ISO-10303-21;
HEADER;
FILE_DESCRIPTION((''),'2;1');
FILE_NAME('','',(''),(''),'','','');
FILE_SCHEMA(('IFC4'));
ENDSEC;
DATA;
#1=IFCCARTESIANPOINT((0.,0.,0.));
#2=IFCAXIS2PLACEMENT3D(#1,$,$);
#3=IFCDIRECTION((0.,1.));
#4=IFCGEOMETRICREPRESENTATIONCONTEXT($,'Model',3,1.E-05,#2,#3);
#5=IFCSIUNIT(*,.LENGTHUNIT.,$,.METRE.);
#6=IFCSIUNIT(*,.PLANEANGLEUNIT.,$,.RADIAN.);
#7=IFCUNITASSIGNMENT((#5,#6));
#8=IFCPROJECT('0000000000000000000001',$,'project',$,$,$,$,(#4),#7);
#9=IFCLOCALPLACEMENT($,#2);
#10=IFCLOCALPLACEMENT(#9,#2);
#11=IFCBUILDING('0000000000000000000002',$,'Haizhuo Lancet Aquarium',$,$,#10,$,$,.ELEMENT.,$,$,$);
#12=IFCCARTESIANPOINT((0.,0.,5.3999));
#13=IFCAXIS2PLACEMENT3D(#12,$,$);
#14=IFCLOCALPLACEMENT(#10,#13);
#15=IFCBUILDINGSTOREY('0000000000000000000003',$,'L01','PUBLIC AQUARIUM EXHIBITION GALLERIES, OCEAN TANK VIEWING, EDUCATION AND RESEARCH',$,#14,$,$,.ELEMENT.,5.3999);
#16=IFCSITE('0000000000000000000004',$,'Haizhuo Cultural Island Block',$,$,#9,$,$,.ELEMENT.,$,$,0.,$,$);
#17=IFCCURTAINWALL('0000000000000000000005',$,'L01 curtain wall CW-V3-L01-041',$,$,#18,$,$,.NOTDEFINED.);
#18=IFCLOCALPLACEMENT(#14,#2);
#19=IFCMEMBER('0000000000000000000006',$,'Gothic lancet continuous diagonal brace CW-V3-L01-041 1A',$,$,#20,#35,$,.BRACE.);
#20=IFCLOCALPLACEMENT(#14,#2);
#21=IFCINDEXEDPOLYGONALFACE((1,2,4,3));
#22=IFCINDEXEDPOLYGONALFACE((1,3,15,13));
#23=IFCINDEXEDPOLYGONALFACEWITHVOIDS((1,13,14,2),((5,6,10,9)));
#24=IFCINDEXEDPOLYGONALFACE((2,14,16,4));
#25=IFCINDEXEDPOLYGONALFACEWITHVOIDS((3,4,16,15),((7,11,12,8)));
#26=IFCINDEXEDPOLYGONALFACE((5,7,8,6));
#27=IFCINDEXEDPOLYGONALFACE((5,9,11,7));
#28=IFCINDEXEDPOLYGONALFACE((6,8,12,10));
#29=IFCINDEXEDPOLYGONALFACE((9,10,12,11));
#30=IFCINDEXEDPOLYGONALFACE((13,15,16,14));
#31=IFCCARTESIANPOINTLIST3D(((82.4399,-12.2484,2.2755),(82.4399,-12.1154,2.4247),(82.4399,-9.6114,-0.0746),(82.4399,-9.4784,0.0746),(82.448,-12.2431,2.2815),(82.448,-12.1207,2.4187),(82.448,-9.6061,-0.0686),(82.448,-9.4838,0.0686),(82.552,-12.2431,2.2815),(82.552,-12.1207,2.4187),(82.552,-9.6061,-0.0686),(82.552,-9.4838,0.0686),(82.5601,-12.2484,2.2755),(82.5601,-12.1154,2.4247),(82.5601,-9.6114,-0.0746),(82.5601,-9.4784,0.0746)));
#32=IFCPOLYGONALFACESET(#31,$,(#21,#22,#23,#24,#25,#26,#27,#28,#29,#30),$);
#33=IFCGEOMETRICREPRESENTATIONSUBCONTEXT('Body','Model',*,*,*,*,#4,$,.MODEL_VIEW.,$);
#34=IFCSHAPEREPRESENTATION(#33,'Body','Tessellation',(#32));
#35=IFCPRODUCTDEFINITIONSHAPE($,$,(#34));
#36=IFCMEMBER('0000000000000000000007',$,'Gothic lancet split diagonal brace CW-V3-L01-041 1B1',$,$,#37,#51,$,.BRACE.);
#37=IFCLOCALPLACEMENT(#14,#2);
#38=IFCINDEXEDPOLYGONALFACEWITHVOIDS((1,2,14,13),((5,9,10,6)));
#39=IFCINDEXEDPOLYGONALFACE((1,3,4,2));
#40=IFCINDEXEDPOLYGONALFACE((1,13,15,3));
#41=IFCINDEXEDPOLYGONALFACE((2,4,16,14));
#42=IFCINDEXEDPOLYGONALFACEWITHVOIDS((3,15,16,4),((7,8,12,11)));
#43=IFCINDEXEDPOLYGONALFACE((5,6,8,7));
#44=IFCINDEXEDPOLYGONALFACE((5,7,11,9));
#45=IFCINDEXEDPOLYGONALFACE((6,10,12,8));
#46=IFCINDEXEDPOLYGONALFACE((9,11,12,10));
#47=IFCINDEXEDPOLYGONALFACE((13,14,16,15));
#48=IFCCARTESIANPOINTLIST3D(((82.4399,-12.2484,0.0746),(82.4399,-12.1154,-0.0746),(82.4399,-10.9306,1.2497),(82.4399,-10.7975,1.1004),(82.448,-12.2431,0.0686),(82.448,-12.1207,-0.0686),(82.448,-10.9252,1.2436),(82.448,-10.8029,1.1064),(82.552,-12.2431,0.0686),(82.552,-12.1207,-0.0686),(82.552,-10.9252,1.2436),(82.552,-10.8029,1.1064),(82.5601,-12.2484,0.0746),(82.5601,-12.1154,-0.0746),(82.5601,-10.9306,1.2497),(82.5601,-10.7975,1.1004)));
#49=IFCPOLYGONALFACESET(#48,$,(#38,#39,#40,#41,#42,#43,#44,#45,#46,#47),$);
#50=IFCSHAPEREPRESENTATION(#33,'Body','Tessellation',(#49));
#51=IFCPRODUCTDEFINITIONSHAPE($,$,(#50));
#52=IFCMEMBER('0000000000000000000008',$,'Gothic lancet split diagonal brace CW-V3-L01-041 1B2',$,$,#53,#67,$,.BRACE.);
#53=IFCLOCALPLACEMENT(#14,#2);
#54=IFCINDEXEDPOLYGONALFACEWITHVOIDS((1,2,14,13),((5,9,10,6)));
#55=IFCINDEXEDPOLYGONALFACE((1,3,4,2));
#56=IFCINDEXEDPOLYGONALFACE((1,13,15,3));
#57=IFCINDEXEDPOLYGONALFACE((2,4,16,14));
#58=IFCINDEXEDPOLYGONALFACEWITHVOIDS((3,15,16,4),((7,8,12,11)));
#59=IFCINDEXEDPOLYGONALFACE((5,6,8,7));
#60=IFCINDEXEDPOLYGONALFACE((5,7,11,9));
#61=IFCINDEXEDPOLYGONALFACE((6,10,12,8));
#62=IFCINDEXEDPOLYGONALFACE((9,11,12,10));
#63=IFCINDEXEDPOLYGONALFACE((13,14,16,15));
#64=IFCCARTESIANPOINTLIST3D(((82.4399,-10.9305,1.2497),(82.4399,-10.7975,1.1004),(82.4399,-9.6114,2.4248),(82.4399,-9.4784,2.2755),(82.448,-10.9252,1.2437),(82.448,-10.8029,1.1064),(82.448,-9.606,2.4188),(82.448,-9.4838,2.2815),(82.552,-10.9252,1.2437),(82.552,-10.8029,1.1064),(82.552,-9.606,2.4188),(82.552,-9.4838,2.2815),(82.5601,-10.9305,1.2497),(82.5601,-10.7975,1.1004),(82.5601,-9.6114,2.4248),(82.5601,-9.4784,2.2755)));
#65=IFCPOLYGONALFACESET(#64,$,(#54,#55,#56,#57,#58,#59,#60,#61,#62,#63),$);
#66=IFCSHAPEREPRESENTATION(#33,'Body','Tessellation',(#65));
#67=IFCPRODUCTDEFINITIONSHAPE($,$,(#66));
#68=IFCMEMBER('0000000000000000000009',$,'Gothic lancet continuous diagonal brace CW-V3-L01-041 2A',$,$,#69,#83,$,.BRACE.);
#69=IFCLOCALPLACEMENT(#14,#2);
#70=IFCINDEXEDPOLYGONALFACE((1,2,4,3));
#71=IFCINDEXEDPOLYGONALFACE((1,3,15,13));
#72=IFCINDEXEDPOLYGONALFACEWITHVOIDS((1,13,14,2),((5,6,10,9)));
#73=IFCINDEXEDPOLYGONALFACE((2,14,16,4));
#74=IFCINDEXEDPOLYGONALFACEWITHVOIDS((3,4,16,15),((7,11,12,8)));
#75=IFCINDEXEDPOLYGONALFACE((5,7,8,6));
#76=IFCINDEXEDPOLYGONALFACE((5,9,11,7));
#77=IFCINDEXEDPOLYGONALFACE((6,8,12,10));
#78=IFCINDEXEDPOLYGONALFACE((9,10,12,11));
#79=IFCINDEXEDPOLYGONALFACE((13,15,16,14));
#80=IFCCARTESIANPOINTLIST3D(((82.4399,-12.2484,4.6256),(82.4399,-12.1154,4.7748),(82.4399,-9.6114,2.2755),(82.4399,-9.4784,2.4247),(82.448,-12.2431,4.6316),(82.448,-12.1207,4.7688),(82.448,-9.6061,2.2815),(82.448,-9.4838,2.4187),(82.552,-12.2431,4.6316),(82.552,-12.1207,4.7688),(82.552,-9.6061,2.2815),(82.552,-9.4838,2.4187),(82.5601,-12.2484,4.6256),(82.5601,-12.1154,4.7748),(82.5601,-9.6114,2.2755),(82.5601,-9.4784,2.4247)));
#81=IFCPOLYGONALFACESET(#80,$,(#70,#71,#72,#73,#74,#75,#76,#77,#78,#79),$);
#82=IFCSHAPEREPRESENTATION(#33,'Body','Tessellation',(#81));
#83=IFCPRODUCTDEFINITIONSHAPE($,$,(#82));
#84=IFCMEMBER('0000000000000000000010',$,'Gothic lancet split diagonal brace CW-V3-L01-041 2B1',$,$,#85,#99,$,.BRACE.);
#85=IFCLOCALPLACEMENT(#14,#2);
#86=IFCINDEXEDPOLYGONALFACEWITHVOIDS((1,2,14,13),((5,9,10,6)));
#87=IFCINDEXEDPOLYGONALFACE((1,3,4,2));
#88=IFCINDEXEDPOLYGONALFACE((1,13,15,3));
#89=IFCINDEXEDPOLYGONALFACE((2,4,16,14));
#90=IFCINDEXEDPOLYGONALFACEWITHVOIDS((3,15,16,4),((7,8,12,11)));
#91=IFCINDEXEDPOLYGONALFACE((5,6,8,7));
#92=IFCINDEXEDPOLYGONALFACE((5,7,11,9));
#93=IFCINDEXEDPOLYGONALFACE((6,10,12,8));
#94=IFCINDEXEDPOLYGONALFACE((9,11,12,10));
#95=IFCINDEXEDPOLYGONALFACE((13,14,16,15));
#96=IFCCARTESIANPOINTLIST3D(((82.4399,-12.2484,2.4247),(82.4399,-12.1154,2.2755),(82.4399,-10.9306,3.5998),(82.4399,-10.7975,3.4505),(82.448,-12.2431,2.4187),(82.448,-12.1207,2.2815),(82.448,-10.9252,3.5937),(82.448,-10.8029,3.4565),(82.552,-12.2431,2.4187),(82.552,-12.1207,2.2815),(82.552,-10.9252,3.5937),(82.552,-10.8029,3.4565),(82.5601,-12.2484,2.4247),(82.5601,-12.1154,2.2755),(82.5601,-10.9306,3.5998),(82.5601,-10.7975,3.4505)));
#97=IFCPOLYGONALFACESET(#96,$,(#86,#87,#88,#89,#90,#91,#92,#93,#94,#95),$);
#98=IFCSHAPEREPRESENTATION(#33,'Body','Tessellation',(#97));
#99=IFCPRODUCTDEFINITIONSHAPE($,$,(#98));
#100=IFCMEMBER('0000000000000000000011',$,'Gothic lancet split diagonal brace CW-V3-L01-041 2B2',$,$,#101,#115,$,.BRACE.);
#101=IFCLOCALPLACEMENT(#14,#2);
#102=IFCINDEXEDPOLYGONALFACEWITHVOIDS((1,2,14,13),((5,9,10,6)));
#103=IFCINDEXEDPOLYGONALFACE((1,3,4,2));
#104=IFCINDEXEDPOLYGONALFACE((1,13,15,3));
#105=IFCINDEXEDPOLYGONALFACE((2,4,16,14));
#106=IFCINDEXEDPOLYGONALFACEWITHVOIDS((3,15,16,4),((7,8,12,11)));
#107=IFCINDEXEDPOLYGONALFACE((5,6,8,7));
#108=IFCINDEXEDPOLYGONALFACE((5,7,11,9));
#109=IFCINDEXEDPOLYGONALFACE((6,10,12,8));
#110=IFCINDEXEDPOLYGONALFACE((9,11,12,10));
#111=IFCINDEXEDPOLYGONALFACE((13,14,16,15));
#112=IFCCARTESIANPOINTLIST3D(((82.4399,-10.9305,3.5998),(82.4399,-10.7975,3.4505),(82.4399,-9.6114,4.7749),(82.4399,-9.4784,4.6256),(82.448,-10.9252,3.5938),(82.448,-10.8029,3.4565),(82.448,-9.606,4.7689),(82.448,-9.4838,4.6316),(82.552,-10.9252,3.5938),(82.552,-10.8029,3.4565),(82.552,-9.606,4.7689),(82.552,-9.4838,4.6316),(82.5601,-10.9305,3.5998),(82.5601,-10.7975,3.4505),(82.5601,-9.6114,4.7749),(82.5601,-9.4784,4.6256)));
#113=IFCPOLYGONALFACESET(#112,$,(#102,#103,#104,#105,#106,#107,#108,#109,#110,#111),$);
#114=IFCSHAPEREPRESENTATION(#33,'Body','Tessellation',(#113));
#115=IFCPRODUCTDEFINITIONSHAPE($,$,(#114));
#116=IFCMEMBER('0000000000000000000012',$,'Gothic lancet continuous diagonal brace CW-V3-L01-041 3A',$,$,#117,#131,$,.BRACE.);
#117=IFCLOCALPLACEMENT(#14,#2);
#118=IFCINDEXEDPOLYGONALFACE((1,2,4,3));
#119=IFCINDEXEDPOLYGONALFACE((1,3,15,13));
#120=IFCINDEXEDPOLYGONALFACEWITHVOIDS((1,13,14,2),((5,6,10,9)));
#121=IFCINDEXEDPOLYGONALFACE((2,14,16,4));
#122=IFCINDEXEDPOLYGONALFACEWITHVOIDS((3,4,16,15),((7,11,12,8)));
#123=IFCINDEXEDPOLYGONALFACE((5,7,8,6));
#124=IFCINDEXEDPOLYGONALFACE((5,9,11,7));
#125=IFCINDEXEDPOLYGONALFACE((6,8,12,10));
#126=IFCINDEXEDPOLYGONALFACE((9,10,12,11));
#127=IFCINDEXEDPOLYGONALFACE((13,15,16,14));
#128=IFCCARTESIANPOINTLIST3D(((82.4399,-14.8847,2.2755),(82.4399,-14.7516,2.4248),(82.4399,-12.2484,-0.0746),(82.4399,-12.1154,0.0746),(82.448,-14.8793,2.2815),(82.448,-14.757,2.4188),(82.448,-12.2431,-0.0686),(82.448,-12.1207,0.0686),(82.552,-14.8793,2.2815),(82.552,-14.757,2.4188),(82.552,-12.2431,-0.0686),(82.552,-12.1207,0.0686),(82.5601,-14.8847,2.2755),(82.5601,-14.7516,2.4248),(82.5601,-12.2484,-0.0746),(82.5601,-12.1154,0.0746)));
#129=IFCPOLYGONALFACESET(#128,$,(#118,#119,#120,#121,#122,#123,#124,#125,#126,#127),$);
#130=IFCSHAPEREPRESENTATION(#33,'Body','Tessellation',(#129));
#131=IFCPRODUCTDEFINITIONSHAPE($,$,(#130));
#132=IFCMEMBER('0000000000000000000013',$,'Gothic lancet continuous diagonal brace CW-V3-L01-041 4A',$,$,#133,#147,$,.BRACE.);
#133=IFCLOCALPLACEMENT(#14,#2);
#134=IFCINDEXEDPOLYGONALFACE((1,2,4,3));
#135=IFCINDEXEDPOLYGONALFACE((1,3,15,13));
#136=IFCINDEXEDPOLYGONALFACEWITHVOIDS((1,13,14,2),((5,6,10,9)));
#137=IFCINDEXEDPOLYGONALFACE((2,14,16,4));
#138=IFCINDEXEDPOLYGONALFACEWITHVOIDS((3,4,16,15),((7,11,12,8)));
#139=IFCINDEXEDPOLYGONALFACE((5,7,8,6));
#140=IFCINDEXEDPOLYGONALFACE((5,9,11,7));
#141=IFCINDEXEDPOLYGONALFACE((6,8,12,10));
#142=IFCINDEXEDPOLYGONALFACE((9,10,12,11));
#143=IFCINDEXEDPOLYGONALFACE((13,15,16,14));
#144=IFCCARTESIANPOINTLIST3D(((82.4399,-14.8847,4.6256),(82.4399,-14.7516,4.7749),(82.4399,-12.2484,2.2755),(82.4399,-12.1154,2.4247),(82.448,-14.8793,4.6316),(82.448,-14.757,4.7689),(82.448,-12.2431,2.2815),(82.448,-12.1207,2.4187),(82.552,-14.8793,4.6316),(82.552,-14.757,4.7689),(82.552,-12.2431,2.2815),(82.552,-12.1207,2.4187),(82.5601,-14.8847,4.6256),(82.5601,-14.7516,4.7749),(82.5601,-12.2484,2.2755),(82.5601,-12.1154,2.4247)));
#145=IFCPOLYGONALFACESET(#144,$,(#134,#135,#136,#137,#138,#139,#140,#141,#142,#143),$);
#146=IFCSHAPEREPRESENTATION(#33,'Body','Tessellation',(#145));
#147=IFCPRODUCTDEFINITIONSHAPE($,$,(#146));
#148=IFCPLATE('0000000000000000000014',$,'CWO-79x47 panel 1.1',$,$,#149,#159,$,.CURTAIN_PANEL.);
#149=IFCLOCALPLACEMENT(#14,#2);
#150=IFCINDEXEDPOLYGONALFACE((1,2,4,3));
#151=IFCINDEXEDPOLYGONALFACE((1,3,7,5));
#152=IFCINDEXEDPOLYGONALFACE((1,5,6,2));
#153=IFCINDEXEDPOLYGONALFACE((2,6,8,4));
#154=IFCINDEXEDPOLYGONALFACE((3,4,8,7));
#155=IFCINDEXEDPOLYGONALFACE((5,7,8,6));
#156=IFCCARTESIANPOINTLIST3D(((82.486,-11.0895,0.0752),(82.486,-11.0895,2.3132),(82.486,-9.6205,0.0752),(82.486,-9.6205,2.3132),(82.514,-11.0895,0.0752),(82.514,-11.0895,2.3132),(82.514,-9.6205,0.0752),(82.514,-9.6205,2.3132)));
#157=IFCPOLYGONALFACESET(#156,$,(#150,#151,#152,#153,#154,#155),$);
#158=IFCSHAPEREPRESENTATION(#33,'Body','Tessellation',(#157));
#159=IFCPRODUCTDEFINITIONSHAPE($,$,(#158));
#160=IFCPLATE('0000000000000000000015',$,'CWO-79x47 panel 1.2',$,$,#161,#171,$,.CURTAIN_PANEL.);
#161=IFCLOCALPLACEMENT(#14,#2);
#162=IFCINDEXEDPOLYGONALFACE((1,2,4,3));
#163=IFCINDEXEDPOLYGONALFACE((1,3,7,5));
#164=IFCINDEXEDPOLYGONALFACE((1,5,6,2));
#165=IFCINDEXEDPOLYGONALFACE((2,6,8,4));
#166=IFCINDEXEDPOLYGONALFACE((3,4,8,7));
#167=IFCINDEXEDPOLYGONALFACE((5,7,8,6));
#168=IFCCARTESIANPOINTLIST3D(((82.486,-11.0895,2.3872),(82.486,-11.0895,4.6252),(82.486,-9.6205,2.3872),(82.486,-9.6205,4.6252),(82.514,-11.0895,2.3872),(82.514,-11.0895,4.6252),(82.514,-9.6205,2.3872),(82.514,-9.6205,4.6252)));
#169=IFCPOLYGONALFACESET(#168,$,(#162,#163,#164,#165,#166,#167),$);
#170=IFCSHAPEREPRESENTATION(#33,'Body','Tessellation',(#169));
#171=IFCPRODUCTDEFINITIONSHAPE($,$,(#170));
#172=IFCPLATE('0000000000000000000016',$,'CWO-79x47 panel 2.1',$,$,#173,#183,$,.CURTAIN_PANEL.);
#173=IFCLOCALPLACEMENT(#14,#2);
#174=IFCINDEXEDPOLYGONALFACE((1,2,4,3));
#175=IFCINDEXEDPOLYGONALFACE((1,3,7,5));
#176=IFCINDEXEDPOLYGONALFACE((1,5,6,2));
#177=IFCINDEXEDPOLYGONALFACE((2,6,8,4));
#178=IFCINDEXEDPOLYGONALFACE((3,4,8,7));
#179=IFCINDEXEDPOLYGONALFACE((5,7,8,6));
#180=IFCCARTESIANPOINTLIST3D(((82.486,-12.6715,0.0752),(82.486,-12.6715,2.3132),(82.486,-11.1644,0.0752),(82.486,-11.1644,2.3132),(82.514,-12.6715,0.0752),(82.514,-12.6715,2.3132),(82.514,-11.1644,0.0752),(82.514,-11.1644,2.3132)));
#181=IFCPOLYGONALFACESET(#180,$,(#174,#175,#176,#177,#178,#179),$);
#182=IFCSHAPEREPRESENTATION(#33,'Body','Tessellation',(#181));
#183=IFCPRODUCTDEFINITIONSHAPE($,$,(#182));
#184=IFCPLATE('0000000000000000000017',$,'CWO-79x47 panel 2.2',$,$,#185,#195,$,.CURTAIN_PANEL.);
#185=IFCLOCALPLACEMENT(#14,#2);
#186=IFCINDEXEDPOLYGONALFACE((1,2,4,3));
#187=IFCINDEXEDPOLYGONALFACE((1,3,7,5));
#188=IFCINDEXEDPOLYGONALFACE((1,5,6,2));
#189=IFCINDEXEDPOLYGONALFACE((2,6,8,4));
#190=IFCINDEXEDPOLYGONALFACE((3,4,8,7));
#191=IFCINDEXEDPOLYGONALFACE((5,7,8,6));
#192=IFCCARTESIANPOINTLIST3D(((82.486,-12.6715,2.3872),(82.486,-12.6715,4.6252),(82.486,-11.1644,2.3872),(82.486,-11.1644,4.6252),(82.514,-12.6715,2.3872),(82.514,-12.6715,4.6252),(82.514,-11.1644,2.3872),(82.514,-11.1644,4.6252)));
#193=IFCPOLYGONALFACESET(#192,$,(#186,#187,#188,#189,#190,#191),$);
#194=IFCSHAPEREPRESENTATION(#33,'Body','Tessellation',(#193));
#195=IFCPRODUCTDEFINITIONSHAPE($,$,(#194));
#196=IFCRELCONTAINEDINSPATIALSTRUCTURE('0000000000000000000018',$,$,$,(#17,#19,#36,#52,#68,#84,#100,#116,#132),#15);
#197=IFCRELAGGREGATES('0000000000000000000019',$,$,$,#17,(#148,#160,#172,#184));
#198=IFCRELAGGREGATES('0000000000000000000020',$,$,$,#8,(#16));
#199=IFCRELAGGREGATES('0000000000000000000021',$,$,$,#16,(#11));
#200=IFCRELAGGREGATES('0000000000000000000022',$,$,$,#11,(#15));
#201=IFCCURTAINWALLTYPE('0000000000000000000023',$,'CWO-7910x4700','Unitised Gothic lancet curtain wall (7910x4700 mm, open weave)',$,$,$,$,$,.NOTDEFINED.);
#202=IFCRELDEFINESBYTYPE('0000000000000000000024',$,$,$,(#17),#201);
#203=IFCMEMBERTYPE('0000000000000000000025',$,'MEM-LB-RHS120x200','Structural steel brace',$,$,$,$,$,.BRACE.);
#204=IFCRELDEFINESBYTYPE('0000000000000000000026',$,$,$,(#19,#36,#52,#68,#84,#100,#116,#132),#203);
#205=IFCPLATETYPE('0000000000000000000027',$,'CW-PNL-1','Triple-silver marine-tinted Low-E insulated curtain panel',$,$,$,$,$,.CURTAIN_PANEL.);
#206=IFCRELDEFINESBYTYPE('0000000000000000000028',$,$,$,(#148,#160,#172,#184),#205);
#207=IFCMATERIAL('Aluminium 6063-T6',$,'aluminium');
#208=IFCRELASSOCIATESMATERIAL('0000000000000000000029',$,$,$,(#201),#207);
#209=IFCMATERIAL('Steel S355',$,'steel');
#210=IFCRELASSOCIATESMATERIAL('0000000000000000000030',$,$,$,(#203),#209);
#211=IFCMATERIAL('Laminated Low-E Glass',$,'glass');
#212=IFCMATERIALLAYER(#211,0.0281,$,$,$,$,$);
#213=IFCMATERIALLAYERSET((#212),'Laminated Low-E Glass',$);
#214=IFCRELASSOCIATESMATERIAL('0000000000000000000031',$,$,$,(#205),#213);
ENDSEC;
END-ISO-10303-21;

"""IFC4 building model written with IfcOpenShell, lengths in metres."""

from ifc_helpers import new_model, si_unit, direction, frame, origin, origin_2d, place, context, subcontext, project, spatial, rectangle, hollow_rectangle, extrude, material, layer, layer_set, material_profile, profile_set, type_object, element, aggregate, save


model = new_model("IFC4")

# Units and contexts
model_context = context("Model", 3, precision=1e-05, world=origin(), true_north=direction((0.0, 1.0)))
body_context = subcontext(model_context, "Body", "Model", "MODEL_VIEW")
ifc_project = project(units=[si_unit("LENGTHUNIT", "METRE"), si_unit("PLANEANGLEUNIT", "RADIAN")], contexts=[model_context])

# Site, building, storey
site_placement = place(None, origin())
site = spatial("IfcSite", under=ifc_project, at=site_placement, Name="Haizhuo Cultural Island Block", CompositionType="ELEMENT", RefElevation=0.0)
building_placement = place(site_placement, origin())
building = spatial("IfcBuilding", under=site, at=building_placement, Name="Haizhuo Lancet Aquarium", CompositionType="ELEMENT")
storey_placement = place(building_placement, frame((0.0, 0.0, 5.3999)))
storey = spatial("IfcBuildingStorey", under=building, at=storey_placement, Name="L01", Description="PUBLIC AQUARIUM EXHIBITION GALLERIES, OCEAN TANK VIEWING, EDUCATION AND RESEARCH", CompositionType="ELEMENT", Elevation=5.3999)

# Curtain wall
ifc_material_1 = material(Name="Aluminium 6063-T6", Category="aluminium")
curtain_wall_type = type_object("IfcCurtainWallType", Name="CWO-7910x4700", Description="Unitised Gothic lancet curtain wall (7910x4700 mm, open weave)", PredefinedType="NOTDEFINED", material=ifc_material_1)
curtain_wall_placement = place(storey_placement, origin())
curtain_wall = element("IfcCurtainWall", 1, at=curtain_wall_placement, inside=storey, type_object=curtain_wall_type, Name="L01 curtain wall CW-V3-L01-041", PredefinedType="NOTDEFINED")

# Members
ifc_material_2 = material(Name="Steel S355", Category="steel")
ifc_material_profile_1 = material_profile(ifc_material_2, hollow_rectangle(XDim=0.1201, YDim=0.2, WallThickness=0.0081, at=origin_2d()), Name="RHS 120x200x8")
ifc_profile_set_1 = profile_set([ifc_material_profile_1], Name="Steel S355")
member_type_1 = type_object("IfcMemberType", Name="MEM-LB-RHS120x200", Description="Structural steel brace", PredefinedType="BRACE", material=ifc_profile_set_1)
member_1_placement = place(storey_placement, frame((82.5, -9.5449, 0.0), z_axis=(0.0, -0.746547, 0.665333), x_axis=(1.0, 0.0, 0.0)))
element("IfcMember", 2, at=member_1_placement, inside=storey, type_object=member_type_1, Name="Gothic lancet continuous diagonal brace CW-V3-L01-041 1A", PredefinedType="BRACE", context=body_context, shape_type="SweptSolid", body=[
    extrude(hollow_rectangle(XDim=0.1201, YDim=0.2, WallThickness=0.0081, at=origin_2d()), origin(), (0.0, 0.0, 1.0), 3.5322),
])
member_2_placement = place(storey_placement, frame((82.5, -12.1819, 0.0), z_axis=(0.0, 0.746394, 0.665505), x_axis=(-1.0, 0.0, 0.0)))
element("IfcMember", 3, at=member_2_placement, inside=storey, type_object=member_type_1, Name="Gothic lancet split diagonal brace CW-V3-L01-041 1B1", PredefinedType="BRACE", context=body_context, shape_type="SweptSolid", body=[
    extrude(hollow_rectangle(XDim=0.1201, YDim=0.2, WallThickness=0.0081, at=origin_2d()), origin(), (0.0, 0.0, 1.0), 1.7656),
])
member_3_placement = place(storey_placement, frame((82.5, -10.864, 1.175), z_axis=(0.0, 0.7467, 0.665161), x_axis=(-1.0, 0.0, 0.0)))
element("IfcMember", 4, at=member_3_placement, inside=storey, type_object=member_type_1, Name="Gothic lancet split diagonal brace CW-V3-L01-041 1B2", PredefinedType="BRACE", context=body_context, shape_type="SweptSolid", body=[
    extrude(hollow_rectangle(XDim=0.1201, YDim=0.2, WallThickness=0.0081, at=origin_2d()), origin(), (0.0, 0.0, 1.0), 1.7666),
])
member_4_placement = place(storey_placement, frame((82.5, -9.5449, 2.3501), z_axis=(0.0, -0.746547, 0.665333), x_axis=(1.0, 0.0, 0.0)))
element("IfcMember", 5, at=member_4_placement, inside=storey, type_object=member_type_1, Name="Gothic lancet continuous diagonal brace CW-V3-L01-041 2A", PredefinedType="BRACE", context=body_context, shape_type="SweptSolid", body=[
    extrude(hollow_rectangle(XDim=0.1201, YDim=0.2, WallThickness=0.0081, at=origin_2d()), origin(), (0.0, 0.0, 1.0), 3.5322),
])
member_5_placement = place(storey_placement, frame((82.5, -12.1819, 2.3501), z_axis=(0.0, 0.746394, 0.665505), x_axis=(-1.0, 0.0, 0.0)))
element("IfcMember", 6, at=member_5_placement, inside=storey, type_object=member_type_1, Name="Gothic lancet split diagonal brace CW-V3-L01-041 2B1", PredefinedType="BRACE", context=body_context, shape_type="SweptSolid", body=[
    extrude(hollow_rectangle(XDim=0.1201, YDim=0.2, WallThickness=0.0081, at=origin_2d()), origin(), (0.0, 0.0, 1.0), 1.7656),
])
member_6_placement = place(storey_placement, frame((82.5, -10.864, 3.5251), z_axis=(0.0, 0.7467, 0.665161), x_axis=(-1.0, 0.0, 0.0)))
element("IfcMember", 7, at=member_6_placement, inside=storey, type_object=member_type_1, Name="Gothic lancet split diagonal brace CW-V3-L01-041 2B2", PredefinedType="BRACE", context=body_context, shape_type="SweptSolid", body=[
    extrude(hollow_rectangle(XDim=0.1201, YDim=0.2, WallThickness=0.0081, at=origin_2d()), origin(), (0.0, 0.0, 1.0), 1.7666),
])
for number, where, z_axis, x_axis, name in (
    (8, (82.5, -12.1819, 0.0), (0.0, -0.746455, 0.665436), (1.0, 0.0, 0.0), "Gothic lancet continuous diagonal brace CW-V3-L01-041 3A"),
    (9, (82.5, -12.1819, 2.3501), (0.0, -0.746455, 0.665436), (1.0, 0.0, 0.0), "Gothic lancet continuous diagonal brace CW-V3-L01-041 4A"),
):
    element("IfcMember", number, at=place(storey_placement, frame(where, z_axis=z_axis, x_axis=x_axis)), inside=storey, type_object=member_type_1, Name=name, PredefinedType="BRACE", context=body_context, shape_type="SweptSolid", body=[
        extrude(hollow_rectangle(XDim=0.1201, YDim=0.2, WallThickness=0.0081, at=origin_2d()), origin(), (0.0, 0.0, 1.0), 3.5317),
    ])

# Plates
ifc_material_3 = material(Name="Laminated Low-E Glass", Category="glass")
ifc_layer = layer(ifc_material_3, 0.0281)
ifc_layer_set = layer_set([ifc_layer], Name="Laminated Low-E Glass")
plate_type = type_object("IfcPlateType", Name="CW-PNL-1", Description="Triple-silver marine-tinted Low-E insulated curtain panel", PredefinedType="CURTAIN_PANEL", material=ifc_layer_set)
plate_1_placement = place(storey_placement, frame((82.5, -10.355, 0.0752), z_axis=(0.0, 0.0, 1.0), x_axis=(0.0, -1.0, 0.0)))
plate_1 = element("IfcPlate", 10, at=plate_1_placement, type_object=plate_type, Name="CWO-79x47 panel 1.1", PredefinedType="CURTAIN_PANEL", context=body_context, shape_type="SweptSolid", body=[
    extrude(rectangle(XDim=1.469, YDim=0.0281, at=origin_2d()), origin(), (0.0, 0.0, 1.0), 2.238),
])
plate_2_placement = place(storey_placement, frame((82.5, -10.355, 2.3872), z_axis=(0.0, 0.0, 1.0), x_axis=(0.0, -1.0, 0.0)))
plate_2 = element("IfcPlate", 11, at=plate_2_placement, type_object=plate_type, Name="CWO-79x47 panel 1.2", PredefinedType="CURTAIN_PANEL", context=body_context, shape_type="SweptSolid", body=[
    extrude(rectangle(XDim=1.469, YDim=0.0281, at=origin_2d()), origin(), (0.0, 0.0, 1.0), 2.238),
])
plate_3_placement = place(storey_placement, frame((82.5, -11.918, 0.0752), z_axis=(0.0, 0.0, 1.0), x_axis=(0.0, -1.0, 0.0)))
plate_3 = element("IfcPlate", 12, at=plate_3_placement, type_object=plate_type, Name="CWO-79x47 panel 2.1", PredefinedType="CURTAIN_PANEL", context=body_context, shape_type="SweptSolid", body=[
    extrude(rectangle(XDim=1.5071, YDim=0.0281, at=origin_2d()), origin(), (0.0, 0.0, 1.0), 2.238),
])
plate_4_placement = place(storey_placement, frame((82.5, -11.918, 2.3872), z_axis=(0.0, 0.0, 1.0), x_axis=(0.0, -1.0, 0.0)))
plate_4 = element("IfcPlate", 13, at=plate_4_placement, type_object=plate_type, Name="CWO-79x47 panel 2.2", PredefinedType="CURTAIN_PANEL", context=body_context, shape_type="SweptSolid", body=[
    extrude(rectangle(XDim=1.5071, YDim=0.0281, at=origin_2d()), origin(), (0.0, 0.0, 1.0), 2.238),
])
aggregate(curtain_wall, [plate_1, plate_2, plate_3, plate_4])

save(model, "model.ifc")
